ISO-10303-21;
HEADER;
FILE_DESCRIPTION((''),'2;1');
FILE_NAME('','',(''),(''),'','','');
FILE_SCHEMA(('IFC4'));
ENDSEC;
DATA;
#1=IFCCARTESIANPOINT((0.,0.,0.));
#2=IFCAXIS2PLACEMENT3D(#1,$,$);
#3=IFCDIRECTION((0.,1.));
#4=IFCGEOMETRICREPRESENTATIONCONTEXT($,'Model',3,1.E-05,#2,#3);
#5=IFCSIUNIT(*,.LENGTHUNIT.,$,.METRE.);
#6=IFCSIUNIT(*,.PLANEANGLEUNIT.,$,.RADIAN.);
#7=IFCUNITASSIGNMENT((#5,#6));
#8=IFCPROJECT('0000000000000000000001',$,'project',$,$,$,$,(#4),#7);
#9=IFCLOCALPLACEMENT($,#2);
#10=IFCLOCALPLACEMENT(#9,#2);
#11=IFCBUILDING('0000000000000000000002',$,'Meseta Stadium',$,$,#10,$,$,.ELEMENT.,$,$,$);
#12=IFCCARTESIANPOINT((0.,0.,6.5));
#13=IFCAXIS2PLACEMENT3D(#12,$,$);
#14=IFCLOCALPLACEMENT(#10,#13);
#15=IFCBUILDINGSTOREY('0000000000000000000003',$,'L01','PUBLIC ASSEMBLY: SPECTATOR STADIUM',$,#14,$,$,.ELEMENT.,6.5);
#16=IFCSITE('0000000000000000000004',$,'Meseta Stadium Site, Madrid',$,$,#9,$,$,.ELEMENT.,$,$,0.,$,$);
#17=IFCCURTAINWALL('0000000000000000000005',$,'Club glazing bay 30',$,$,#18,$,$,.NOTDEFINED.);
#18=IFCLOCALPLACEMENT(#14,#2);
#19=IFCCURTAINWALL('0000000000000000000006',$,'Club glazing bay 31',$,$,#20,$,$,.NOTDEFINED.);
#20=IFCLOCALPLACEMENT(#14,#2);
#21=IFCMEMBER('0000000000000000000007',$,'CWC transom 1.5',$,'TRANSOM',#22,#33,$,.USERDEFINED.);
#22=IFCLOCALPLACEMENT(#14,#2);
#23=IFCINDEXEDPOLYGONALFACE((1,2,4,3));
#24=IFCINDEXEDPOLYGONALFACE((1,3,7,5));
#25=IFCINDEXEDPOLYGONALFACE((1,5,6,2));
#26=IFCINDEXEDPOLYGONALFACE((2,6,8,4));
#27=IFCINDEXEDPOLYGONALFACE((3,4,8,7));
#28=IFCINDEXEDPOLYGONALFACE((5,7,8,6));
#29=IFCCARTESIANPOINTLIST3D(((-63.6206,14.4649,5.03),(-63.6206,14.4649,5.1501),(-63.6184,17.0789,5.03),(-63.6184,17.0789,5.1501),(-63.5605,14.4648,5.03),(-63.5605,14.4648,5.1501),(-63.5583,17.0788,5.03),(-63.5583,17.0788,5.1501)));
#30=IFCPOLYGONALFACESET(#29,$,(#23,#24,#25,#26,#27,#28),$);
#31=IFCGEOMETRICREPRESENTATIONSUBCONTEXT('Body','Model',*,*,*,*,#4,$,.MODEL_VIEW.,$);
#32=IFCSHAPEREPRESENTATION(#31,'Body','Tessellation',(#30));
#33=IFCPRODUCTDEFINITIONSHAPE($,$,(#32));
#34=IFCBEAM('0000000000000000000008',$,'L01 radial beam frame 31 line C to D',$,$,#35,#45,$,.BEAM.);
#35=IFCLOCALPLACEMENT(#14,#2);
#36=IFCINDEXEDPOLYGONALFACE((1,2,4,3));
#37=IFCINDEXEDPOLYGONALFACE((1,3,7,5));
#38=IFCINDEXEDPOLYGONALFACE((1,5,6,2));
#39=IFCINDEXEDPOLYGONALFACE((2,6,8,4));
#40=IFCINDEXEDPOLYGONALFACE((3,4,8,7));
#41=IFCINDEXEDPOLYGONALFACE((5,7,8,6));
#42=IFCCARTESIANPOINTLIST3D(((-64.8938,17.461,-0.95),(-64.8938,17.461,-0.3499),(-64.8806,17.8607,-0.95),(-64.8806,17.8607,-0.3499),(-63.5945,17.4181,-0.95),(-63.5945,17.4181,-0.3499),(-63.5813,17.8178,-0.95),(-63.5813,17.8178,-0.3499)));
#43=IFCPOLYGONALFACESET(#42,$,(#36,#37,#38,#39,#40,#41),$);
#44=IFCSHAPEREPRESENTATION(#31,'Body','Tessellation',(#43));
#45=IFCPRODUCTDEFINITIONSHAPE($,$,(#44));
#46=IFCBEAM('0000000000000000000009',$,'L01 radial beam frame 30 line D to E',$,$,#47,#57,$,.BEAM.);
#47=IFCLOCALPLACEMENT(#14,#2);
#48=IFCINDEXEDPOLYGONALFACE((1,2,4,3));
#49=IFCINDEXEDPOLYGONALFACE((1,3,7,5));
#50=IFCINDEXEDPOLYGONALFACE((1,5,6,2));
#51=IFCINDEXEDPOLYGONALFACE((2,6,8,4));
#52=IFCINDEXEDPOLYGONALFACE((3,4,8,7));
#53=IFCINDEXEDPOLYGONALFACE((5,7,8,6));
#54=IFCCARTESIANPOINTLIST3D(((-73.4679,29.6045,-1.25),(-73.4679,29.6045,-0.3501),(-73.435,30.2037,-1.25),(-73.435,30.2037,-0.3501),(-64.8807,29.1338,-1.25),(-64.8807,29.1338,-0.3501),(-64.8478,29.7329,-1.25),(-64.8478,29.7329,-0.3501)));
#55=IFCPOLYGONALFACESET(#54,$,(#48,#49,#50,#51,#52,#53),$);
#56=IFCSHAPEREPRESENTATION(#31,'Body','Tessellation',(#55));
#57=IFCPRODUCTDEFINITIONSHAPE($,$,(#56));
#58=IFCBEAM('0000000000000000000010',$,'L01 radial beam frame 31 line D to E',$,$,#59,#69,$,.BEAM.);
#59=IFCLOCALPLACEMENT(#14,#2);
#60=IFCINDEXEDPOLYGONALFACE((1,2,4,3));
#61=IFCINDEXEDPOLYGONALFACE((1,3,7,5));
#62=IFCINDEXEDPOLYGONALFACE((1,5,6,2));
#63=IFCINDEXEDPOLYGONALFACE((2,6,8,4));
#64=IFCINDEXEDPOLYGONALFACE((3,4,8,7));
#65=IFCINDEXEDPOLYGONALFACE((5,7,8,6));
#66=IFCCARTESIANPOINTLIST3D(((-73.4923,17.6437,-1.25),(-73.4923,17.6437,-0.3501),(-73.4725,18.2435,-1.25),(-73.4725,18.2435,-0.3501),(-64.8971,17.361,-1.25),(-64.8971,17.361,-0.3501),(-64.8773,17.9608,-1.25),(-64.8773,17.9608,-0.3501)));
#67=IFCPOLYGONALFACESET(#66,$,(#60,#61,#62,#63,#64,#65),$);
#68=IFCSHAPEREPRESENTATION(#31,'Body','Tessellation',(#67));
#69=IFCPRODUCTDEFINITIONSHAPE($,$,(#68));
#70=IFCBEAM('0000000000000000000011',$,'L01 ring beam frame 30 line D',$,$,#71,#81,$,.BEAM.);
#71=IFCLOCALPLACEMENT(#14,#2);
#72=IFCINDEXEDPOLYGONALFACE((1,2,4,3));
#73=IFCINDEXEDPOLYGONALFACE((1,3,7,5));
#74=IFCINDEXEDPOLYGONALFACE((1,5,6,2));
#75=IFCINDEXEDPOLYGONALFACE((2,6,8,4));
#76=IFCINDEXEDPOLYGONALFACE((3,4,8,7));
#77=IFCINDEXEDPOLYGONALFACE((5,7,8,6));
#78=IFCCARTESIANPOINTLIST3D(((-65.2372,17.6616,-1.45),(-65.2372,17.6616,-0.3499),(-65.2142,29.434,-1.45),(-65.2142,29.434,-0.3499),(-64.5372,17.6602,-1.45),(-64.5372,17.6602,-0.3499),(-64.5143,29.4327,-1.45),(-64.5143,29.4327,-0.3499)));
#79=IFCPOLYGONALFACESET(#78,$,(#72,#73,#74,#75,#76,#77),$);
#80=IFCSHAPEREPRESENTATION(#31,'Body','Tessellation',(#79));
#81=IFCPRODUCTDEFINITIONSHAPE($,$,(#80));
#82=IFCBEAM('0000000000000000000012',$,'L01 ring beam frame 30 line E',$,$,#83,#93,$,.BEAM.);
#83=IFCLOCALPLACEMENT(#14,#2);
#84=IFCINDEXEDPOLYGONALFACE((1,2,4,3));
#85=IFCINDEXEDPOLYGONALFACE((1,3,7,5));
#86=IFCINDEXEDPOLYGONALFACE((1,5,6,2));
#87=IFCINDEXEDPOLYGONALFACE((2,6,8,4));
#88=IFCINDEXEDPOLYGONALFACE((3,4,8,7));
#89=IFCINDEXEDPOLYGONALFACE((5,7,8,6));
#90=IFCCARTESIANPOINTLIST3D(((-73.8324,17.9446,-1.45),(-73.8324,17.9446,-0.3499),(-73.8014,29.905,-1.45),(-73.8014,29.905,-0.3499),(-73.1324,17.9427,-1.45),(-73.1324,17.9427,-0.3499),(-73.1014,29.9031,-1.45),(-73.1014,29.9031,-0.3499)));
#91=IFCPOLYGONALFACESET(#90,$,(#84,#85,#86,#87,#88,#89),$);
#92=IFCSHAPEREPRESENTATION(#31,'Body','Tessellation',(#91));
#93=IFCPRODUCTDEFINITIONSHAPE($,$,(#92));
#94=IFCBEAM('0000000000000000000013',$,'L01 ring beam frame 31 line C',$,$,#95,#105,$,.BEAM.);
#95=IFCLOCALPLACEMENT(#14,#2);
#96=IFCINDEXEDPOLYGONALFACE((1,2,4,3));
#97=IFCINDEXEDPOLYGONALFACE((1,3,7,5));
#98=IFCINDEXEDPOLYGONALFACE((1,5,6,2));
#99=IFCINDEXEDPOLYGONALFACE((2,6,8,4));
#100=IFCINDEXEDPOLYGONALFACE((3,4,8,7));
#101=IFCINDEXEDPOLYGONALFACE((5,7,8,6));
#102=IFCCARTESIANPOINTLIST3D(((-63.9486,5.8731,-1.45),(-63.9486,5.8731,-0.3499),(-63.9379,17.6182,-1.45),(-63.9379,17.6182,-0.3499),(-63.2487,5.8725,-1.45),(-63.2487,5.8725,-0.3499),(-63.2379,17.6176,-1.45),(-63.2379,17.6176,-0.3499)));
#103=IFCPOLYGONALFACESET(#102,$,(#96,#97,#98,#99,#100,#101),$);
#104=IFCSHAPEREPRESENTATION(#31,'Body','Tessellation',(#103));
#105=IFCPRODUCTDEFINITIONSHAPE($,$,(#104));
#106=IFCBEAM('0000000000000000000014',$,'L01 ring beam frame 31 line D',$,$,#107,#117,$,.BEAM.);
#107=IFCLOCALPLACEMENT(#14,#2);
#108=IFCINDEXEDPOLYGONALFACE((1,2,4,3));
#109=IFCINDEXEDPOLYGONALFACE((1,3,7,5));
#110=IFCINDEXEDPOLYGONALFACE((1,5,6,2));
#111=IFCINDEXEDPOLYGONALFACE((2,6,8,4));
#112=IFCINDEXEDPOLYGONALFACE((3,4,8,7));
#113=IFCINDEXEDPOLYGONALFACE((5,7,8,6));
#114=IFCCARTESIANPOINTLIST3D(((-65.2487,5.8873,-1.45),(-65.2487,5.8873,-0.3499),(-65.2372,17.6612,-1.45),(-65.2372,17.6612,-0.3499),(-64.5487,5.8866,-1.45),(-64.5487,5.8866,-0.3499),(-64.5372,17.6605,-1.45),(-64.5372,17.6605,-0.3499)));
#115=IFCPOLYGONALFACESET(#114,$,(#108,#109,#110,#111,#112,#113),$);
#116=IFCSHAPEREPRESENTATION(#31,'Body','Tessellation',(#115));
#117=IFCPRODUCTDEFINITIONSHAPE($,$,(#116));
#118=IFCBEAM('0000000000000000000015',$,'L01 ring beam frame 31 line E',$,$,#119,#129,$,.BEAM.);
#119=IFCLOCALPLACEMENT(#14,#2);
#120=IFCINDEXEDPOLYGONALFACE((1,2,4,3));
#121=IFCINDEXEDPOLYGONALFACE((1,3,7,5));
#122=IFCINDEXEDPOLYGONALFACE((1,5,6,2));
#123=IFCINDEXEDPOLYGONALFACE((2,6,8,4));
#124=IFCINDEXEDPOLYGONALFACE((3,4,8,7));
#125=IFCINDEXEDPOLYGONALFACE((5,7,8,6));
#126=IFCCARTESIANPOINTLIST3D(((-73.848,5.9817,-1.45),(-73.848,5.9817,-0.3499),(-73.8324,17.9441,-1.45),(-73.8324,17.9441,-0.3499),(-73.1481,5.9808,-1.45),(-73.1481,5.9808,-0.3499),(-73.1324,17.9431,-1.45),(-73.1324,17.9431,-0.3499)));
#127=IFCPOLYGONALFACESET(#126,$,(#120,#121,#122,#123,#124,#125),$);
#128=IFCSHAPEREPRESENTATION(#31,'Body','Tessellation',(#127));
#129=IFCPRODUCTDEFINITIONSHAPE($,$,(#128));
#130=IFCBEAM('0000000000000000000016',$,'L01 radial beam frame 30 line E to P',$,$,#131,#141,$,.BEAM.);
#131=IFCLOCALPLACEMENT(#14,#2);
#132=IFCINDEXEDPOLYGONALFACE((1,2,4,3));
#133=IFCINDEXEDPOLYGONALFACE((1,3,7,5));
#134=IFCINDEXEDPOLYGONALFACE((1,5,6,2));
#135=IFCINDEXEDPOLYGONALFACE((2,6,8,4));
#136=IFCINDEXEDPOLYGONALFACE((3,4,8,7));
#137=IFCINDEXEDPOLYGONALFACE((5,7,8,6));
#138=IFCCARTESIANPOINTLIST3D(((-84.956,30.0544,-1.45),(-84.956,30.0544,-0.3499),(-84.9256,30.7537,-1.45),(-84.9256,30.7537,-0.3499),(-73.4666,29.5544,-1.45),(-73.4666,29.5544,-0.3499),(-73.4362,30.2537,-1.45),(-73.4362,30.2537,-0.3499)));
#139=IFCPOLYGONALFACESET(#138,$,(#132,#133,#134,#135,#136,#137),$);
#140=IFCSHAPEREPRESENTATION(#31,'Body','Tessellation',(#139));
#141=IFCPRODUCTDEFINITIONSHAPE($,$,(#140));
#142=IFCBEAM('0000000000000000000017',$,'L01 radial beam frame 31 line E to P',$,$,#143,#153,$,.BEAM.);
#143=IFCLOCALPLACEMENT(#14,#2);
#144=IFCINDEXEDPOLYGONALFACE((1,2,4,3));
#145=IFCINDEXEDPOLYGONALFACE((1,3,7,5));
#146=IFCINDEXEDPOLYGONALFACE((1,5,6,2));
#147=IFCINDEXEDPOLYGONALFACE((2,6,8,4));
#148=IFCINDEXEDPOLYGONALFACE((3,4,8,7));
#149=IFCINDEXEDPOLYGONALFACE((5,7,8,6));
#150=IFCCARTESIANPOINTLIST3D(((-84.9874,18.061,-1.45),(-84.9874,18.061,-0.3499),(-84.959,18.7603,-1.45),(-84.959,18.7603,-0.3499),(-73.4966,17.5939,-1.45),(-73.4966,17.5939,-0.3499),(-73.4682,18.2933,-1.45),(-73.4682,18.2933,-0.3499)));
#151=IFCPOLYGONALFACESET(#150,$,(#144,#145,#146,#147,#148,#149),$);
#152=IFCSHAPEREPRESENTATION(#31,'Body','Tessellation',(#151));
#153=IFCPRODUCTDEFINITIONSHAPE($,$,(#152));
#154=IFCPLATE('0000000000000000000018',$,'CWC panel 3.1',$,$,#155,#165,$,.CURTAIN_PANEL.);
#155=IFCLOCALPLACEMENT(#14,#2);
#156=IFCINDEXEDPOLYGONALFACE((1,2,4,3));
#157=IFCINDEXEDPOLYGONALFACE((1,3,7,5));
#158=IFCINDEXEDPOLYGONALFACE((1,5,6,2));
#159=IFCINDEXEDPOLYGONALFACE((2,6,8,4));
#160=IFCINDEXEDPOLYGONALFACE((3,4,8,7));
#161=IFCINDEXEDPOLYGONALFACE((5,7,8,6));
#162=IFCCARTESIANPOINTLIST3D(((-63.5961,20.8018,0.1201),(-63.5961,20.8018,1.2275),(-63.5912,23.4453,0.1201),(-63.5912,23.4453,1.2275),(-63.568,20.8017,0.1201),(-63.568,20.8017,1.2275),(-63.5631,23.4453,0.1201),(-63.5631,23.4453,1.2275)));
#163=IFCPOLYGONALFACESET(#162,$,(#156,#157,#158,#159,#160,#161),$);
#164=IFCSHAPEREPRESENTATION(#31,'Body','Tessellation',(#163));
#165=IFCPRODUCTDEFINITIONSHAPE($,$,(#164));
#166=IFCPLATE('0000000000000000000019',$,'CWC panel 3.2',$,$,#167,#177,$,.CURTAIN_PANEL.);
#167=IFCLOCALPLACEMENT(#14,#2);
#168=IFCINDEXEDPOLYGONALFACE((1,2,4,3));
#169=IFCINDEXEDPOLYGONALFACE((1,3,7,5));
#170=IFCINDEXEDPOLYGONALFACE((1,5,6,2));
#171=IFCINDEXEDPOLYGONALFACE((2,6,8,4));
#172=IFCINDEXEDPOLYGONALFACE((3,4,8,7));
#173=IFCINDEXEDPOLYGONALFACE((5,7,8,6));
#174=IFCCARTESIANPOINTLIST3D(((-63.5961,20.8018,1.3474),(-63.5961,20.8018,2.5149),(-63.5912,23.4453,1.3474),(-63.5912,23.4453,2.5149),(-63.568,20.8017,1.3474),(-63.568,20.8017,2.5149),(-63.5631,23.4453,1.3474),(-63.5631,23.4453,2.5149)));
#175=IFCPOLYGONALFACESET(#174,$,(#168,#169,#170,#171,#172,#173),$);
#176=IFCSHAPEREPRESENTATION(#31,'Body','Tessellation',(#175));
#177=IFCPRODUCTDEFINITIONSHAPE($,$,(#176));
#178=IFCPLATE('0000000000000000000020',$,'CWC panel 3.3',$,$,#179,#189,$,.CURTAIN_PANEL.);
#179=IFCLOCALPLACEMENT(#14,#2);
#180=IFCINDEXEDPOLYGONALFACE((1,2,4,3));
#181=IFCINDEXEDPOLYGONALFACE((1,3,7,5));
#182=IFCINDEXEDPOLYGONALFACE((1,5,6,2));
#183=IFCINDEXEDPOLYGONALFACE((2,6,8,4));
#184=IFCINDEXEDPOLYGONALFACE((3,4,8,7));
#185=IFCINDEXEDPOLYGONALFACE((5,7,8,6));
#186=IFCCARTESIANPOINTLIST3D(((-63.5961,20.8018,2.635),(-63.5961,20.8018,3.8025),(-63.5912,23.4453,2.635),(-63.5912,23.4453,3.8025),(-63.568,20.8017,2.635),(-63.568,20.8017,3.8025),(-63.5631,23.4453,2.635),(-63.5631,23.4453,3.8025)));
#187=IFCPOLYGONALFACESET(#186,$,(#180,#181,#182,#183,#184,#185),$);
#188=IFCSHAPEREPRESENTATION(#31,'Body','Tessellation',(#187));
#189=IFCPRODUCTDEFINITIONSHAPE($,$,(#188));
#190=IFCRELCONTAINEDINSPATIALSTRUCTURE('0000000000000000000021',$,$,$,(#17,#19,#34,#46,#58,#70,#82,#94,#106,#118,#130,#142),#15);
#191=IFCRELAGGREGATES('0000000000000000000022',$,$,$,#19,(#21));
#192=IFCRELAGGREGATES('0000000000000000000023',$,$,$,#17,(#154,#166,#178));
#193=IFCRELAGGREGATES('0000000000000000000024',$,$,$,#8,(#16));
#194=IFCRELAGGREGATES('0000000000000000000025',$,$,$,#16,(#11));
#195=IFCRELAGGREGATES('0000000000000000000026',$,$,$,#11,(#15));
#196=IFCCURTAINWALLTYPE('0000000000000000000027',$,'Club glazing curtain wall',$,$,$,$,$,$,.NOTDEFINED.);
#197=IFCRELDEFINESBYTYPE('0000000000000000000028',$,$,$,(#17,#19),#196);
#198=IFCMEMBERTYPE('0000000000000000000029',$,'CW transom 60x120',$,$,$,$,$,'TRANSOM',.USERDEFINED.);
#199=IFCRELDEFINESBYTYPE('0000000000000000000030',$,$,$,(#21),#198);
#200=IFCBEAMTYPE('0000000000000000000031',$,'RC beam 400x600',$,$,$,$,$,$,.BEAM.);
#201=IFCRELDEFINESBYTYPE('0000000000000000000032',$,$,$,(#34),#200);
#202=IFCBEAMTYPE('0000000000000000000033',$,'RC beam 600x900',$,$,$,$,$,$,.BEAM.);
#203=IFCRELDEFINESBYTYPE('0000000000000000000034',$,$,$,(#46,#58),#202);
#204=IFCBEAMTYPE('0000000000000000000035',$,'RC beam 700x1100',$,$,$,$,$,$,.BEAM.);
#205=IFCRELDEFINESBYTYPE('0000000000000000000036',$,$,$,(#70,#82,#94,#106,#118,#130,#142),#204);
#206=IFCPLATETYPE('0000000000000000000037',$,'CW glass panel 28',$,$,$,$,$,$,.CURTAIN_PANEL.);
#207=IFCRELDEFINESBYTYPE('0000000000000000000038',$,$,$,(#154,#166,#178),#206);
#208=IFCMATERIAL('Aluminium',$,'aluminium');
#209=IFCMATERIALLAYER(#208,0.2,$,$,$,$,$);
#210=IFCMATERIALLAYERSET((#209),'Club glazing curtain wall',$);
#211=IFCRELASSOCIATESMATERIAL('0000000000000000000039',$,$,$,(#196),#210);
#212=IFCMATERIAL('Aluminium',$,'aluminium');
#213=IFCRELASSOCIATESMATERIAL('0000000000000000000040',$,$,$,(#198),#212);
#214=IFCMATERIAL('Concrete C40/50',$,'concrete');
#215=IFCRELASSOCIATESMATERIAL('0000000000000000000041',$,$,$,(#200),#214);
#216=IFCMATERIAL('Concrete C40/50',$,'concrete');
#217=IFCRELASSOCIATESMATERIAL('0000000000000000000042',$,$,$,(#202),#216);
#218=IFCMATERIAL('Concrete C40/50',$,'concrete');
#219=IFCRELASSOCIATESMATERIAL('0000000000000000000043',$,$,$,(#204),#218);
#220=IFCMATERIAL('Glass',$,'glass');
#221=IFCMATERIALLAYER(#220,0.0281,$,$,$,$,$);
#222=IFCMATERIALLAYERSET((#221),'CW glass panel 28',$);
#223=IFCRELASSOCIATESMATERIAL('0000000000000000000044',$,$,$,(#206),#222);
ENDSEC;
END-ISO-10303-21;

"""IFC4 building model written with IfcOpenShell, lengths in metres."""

from ifc_helpers import new_model, si_unit, direction, frame, origin, origin_2d, place, context, subcontext, project, spatial, rectangle, extrude, material, layer, layer_set, material_profile, profile_set, type_object, element, aggregate, save


model = new_model("IFC4")

# Units and contexts
model_context = context("Model", 3, precision=1e-05, world=origin(), true_north=direction((0.0, 1.0)))
body_context = subcontext(model_context, "Body", "Model", "MODEL_VIEW")
ifc_project = project(units=[si_unit("LENGTHUNIT", "METRE"), si_unit("PLANEANGLEUNIT", "RADIAN")], contexts=[model_context])

# Site, building, storey
site_placement = place(None, origin())
site = spatial("IfcSite", under=ifc_project, at=site_placement, Name="Meseta Stadium Site, Madrid", CompositionType="ELEMENT", RefElevation=0.0)
building_placement = place(site_placement, origin())
building = spatial("IfcBuilding", under=site, at=building_placement, Name="Meseta Stadium", CompositionType="ELEMENT")
storey_placement = place(building_placement, frame((0.0, 0.0, 6.5)))
storey = spatial("IfcBuildingStorey", under=building, at=storey_placement, Name="L01", Description="PUBLIC ASSEMBLY: SPECTATOR STADIUM", CompositionType="ELEMENT", Elevation=6.5)

# Curtain wall
ifc_material_1 = material(Name="Aluminium", Category="aluminium")
ifc_layer_1 = layer(ifc_material_1, 0.2)
ifc_layer_set_1 = layer_set([ifc_layer_1], Name="Club glazing curtain wall")
curtain_wall_type = type_object("IfcCurtainWallType", Name="Club glazing curtain wall", PredefinedType="NOTDEFINED", material=ifc_layer_set_1)
curtain_wall_1_placement = place(storey_placement, origin())
curtain_wall_1 = element("IfcCurtainWall", 1, at=curtain_wall_1_placement, inside=storey, type_object=curtain_wall_type, Name="Club glazing bay 30", PredefinedType="NOTDEFINED")

# Curtain wall
curtain_wall_2_placement = place(storey_placement, origin())
curtain_wall_2 = element("IfcCurtainWall", 2, at=curtain_wall_2_placement, inside=storey, type_object=curtain_wall_type, Name="Club glazing bay 31", PredefinedType="NOTDEFINED")

# Member
ifc_material_2 = material(Name="Aluminium", Category="aluminium")
ifc_material_profile_1 = material_profile(ifc_material_2, rectangle(XDim=0.0601, YDim=0.1201, at=origin_2d()), Name="CW 60x120")
ifc_profile_set_1 = profile_set([ifc_material_profile_1], Name="Aluminium")
member_type_1 = type_object("IfcMemberType", Name="CW transom 60x120", ElementType="TRANSOM", PredefinedType="USERDEFINED", material=ifc_profile_set_1)
member_1_placement = place(storey_placement, frame((-63.5884, 17.0789, 5.0901), z_axis=(-0.000841, -1.0, 0.0), x_axis=(1.0, -0.000841, 0.0)))
member_1 = element("IfcMember", 3, at=member_1_placement, type_object=member_type_1, Name="CWC transom 1.5", ObjectType="TRANSOM", PredefinedType="USERDEFINED", context=body_context, shape_type="SweptSolid", body=[
    extrude(rectangle(XDim=0.0601, YDim=0.1201, at=origin_2d()), origin(), (0.0, 0.0, 1.0), 2.614),
])
aggregate(curtain_wall_2, [member_1])

# Beams
ifc_material_3 = material(Name="Concrete C40/50", Category="concrete")
ifc_material_profile_2 = material_profile(ifc_material_3, rectangle(XDim=0.3999, YDim=0.6001, at=origin_2d()), Name="RC 400x600")
ifc_profile_set_2 = profile_set([ifc_material_profile_2], Name="Concrete C40/50")
beam_type_1 = type_object("IfcBeamType", Name="RC beam 400x600", PredefinedType="BEAM", material=ifc_profile_set_2)
beam_1_placement = place(storey_placement, frame((-63.5879, 17.6179, -0.6499), z_axis=(-0.999454, 0.033052, 0.0), x_axis=(-0.033052, -0.999454, 0.0)))
element("IfcBeam", 4, at=beam_1_placement, inside=storey, type_object=beam_type_1, Name="L01 radial beam frame 31 line C to D", PredefinedType="BEAM", context=body_context, shape_type="SweptSolid", body=[
    extrude(rectangle(XDim=0.3999, YDim=0.6001, at=origin_2d()), origin(), (0.0, 0.0, 1.0), 1.3),
])
ifc_material_4 = material(Name="Concrete C40/50", Category="concrete")
ifc_material_profile_3 = material_profile(ifc_material_4, rectangle(XDim=0.6001, YDim=0.8999, at=origin_2d()), Name="RC 600x900")
ifc_profile_set_3 = profile_set([ifc_material_profile_3], Name="Concrete C40/50")
beam_type_2 = type_object("IfcBeamType", Name="RC beam 600x900", PredefinedType="BEAM", material=ifc_profile_set_3)
beam_2_placement = place(storey_placement, frame((-64.8643, 29.4333, -0.8), z_axis=(-0.998501, 0.054733, 0.0), x_axis=(-0.054733, -0.998501, 0.0)))
element("IfcBeam", 5, at=beam_2_placement, inside=storey, type_object=beam_type_2, Name="L01 radial beam frame 30 line D to E", PredefinedType="BEAM", context=body_context, shape_type="SweptSolid", body=[
    extrude(rectangle(XDim=0.6001, YDim=0.8999, at=origin_2d()), origin(), (0.0, 0.0, 1.0), 8.6001),
])
beam_3_placement = place(storey_placement, frame((-64.8872, 17.6609, -0.8), z_axis=(-0.999459, 0.032874, 0.0), x_axis=(-0.032874, -0.999459, 0.0)))
element("IfcBeam", 6, at=beam_3_placement, inside=storey, type_object=beam_type_2, Name="L01 radial beam frame 31 line D to E", PredefinedType="BEAM", context=body_context, shape_type="SweptSolid", body=[
    extrude(rectangle(XDim=0.6001, YDim=0.8999, at=origin_2d()), origin(), (0.0, 0.0, 1.0), 8.5999),
])
ifc_material_5 = material(Name="Concrete C40/50", Category="concrete")
ifc_material_profile_4 = material_profile(ifc_material_5, rectangle(XDim=0.7, YDim=1.1001, at=origin_2d()), Name="RC 700x1100")
ifc_profile_set_4 = profile_set([ifc_material_profile_4], Name="Concrete C40/50")
beam_type_3 = type_object("IfcBeamType", Name="RC beam 700x1100", PredefinedType="BEAM", material=ifc_profile_set_4)
beam_4_placement = place(storey_placement, frame((-64.8643, 29.4333, -0.8999), z_axis=(-0.001949, -0.999998, 0.0), x_axis=(0.999998, -0.001949, 0.0)))
element("IfcBeam", 7, at=beam_4_placement, inside=storey, type_object=beam_type_3, Name="L01 ring beam frame 30 line D", PredefinedType="BEAM", context=body_context, shape_type="SweptSolid", body=[
    extrude(rectangle(XDim=0.7, YDim=1.1001, at=origin_2d()), origin(), (0.0, 0.0, 1.0), 11.7725),
])
beam_5_placement = place(storey_placement, frame((-73.4514, 29.9041, -0.8999), z_axis=(-0.002592, -0.999997, 0.0), x_axis=(0.999997, -0.002592, 0.0)))
element("IfcBeam", 8, at=beam_5_placement, inside=storey, type_object=beam_type_3, Name="L01 ring beam frame 30 line E", PredefinedType="BEAM", context=body_context, shape_type="SweptSolid", body=[
    extrude(rectangle(XDim=0.7, YDim=1.1001, at=origin_2d()), origin(), (0.0, 0.0, 1.0), 11.9604),
])
beam_6_placement = place(storey_placement, frame((-63.5879, 17.6179, -0.8999), z_axis=(-0.000915, -1.0, 0.0), x_axis=(1.0, -0.000915, 0.0)))
element("IfcBeam", 9, at=beam_6_placement, inside=storey, type_object=beam_type_3, Name="L01 ring beam frame 31 line C", PredefinedType="BEAM", context=body_context, shape_type="SweptSolid", body=[
    extrude(rectangle(XDim=0.7, YDim=1.1001, at=origin_2d()), origin(), (0.0, 0.0, 1.0), 11.7451),
])
beam_7_placement = place(storey_placement, frame((-64.8872, 17.6609, -0.8999), z_axis=(-0.000975, -1.0, 0.0), x_axis=(1.0, -0.000975, 0.0)))
element("IfcBeam", 10, at=beam_7_placement, inside=storey, type_object=beam_type_3, Name="L01 ring beam frame 31 line D", PredefinedType="BEAM", context=body_context, shape_type="SweptSolid", body=[
    extrude(rectangle(XDim=0.7, YDim=1.1001, at=origin_2d()), origin(), (0.0, 0.0, 1.0), 11.7739),
])
beam_8_placement = place(storey_placement, frame((-73.4824, 17.9436, -0.8999), z_axis=(-0.001306, -0.999999, 0.0), x_axis=(0.999999, -0.001306, 0.0)))
element("IfcBeam", 11, at=beam_8_placement, inside=storey, type_object=beam_type_3, Name="L01 ring beam frame 31 line E", PredefinedType="BEAM", context=body_context, shape_type="SweptSolid", body=[
    extrude(rectangle(XDim=0.7, YDim=1.1001, at=origin_2d()), origin(), (0.0, 0.0, 1.0), 11.9624),
])
for number, where, z_axis, x_axis, name in (
    (12, (-73.4514, 29.9041, -0.8999), (-0.999054, 0.043478, 0.0), (-0.043478, -0.999054, 0.0), "L01 radial beam frame 30 line E to P"),
    (13, (-73.4824, 17.9436, -0.8999), (-0.999175, 0.040612, 0.0), (-0.040612, -0.999175, 0.0), "L01 radial beam frame 31 line E to P"),
):
    element("IfcBeam", number, at=place(storey_placement, frame(where, z_axis=z_axis, x_axis=x_axis)), inside=storey, type_object=beam_type_3, Name=name, PredefinedType="BEAM", context=body_context, shape_type="SweptSolid", body=[
        extrude(rectangle(XDim=0.7, YDim=1.1001, at=origin_2d()), origin(), (0.0, 0.0, 1.0), 11.5002),
    ])

# Plates
ifc_material_6 = material(Name="Glass", Category="glass")
ifc_layer_2 = layer(ifc_material_6, 0.0281)
ifc_layer_set_2 = layer_set([ifc_layer_2], Name="CW glass panel 28")
plate_type = type_object("IfcPlateType", Name="CW glass panel 28", PredefinedType="CURTAIN_PANEL", material=ifc_layer_set_2)
plate_1_placement = place(storey_placement, frame((-63.5796, 22.1235, 0.1201), z_axis=(0.0, 0.0, 1.0), x_axis=(-0.001845, -0.999998, 0.0)))
plate_1 = element("IfcPlate", 14, at=plate_1_placement, type_object=plate_type, Name="CWC panel 3.1", PredefinedType="CURTAIN_PANEL", context=body_context, shape_type="SweptSolid", body=[
    extrude(rectangle(XDim=2.6436, YDim=0.0281, at=origin_2d()), origin(), (0.0, 0.0, 1.0), 1.1074),
])
plate_2_placement = place(storey_placement, frame((-63.5796, 22.1235, 1.3474), z_axis=(0.0, 0.0, 1.0), x_axis=(-0.001845, -0.999998, 0.0)))
plate_2 = element("IfcPlate", 15, at=plate_2_placement, type_object=plate_type, Name="CWC panel 3.2", PredefinedType="CURTAIN_PANEL", context=body_context, shape_type="SweptSolid", body=[
    extrude(rectangle(XDim=2.6436, YDim=0.0281, at=origin_2d()), origin(), (0.0, 0.0, 1.0), 1.1675),
])
plate_3_placement = place(storey_placement, frame((-63.5796, 22.1235, 2.635), z_axis=(0.0, 0.0, 1.0), x_axis=(-0.001845, -0.999998, 0.0)))
plate_3 = element("IfcPlate", 16, at=plate_3_placement, type_object=plate_type, Name="CWC panel 3.3", PredefinedType="CURTAIN_PANEL", context=body_context, shape_type="SweptSolid", body=[
    extrude(rectangle(XDim=2.6436, YDim=0.0281, at=origin_2d()), origin(), (0.0, 0.0, 1.0), 1.1675),
])
aggregate(curtain_wall_1, [plate_1, plate_2, plate_3])

save(model, "model.ifc")
